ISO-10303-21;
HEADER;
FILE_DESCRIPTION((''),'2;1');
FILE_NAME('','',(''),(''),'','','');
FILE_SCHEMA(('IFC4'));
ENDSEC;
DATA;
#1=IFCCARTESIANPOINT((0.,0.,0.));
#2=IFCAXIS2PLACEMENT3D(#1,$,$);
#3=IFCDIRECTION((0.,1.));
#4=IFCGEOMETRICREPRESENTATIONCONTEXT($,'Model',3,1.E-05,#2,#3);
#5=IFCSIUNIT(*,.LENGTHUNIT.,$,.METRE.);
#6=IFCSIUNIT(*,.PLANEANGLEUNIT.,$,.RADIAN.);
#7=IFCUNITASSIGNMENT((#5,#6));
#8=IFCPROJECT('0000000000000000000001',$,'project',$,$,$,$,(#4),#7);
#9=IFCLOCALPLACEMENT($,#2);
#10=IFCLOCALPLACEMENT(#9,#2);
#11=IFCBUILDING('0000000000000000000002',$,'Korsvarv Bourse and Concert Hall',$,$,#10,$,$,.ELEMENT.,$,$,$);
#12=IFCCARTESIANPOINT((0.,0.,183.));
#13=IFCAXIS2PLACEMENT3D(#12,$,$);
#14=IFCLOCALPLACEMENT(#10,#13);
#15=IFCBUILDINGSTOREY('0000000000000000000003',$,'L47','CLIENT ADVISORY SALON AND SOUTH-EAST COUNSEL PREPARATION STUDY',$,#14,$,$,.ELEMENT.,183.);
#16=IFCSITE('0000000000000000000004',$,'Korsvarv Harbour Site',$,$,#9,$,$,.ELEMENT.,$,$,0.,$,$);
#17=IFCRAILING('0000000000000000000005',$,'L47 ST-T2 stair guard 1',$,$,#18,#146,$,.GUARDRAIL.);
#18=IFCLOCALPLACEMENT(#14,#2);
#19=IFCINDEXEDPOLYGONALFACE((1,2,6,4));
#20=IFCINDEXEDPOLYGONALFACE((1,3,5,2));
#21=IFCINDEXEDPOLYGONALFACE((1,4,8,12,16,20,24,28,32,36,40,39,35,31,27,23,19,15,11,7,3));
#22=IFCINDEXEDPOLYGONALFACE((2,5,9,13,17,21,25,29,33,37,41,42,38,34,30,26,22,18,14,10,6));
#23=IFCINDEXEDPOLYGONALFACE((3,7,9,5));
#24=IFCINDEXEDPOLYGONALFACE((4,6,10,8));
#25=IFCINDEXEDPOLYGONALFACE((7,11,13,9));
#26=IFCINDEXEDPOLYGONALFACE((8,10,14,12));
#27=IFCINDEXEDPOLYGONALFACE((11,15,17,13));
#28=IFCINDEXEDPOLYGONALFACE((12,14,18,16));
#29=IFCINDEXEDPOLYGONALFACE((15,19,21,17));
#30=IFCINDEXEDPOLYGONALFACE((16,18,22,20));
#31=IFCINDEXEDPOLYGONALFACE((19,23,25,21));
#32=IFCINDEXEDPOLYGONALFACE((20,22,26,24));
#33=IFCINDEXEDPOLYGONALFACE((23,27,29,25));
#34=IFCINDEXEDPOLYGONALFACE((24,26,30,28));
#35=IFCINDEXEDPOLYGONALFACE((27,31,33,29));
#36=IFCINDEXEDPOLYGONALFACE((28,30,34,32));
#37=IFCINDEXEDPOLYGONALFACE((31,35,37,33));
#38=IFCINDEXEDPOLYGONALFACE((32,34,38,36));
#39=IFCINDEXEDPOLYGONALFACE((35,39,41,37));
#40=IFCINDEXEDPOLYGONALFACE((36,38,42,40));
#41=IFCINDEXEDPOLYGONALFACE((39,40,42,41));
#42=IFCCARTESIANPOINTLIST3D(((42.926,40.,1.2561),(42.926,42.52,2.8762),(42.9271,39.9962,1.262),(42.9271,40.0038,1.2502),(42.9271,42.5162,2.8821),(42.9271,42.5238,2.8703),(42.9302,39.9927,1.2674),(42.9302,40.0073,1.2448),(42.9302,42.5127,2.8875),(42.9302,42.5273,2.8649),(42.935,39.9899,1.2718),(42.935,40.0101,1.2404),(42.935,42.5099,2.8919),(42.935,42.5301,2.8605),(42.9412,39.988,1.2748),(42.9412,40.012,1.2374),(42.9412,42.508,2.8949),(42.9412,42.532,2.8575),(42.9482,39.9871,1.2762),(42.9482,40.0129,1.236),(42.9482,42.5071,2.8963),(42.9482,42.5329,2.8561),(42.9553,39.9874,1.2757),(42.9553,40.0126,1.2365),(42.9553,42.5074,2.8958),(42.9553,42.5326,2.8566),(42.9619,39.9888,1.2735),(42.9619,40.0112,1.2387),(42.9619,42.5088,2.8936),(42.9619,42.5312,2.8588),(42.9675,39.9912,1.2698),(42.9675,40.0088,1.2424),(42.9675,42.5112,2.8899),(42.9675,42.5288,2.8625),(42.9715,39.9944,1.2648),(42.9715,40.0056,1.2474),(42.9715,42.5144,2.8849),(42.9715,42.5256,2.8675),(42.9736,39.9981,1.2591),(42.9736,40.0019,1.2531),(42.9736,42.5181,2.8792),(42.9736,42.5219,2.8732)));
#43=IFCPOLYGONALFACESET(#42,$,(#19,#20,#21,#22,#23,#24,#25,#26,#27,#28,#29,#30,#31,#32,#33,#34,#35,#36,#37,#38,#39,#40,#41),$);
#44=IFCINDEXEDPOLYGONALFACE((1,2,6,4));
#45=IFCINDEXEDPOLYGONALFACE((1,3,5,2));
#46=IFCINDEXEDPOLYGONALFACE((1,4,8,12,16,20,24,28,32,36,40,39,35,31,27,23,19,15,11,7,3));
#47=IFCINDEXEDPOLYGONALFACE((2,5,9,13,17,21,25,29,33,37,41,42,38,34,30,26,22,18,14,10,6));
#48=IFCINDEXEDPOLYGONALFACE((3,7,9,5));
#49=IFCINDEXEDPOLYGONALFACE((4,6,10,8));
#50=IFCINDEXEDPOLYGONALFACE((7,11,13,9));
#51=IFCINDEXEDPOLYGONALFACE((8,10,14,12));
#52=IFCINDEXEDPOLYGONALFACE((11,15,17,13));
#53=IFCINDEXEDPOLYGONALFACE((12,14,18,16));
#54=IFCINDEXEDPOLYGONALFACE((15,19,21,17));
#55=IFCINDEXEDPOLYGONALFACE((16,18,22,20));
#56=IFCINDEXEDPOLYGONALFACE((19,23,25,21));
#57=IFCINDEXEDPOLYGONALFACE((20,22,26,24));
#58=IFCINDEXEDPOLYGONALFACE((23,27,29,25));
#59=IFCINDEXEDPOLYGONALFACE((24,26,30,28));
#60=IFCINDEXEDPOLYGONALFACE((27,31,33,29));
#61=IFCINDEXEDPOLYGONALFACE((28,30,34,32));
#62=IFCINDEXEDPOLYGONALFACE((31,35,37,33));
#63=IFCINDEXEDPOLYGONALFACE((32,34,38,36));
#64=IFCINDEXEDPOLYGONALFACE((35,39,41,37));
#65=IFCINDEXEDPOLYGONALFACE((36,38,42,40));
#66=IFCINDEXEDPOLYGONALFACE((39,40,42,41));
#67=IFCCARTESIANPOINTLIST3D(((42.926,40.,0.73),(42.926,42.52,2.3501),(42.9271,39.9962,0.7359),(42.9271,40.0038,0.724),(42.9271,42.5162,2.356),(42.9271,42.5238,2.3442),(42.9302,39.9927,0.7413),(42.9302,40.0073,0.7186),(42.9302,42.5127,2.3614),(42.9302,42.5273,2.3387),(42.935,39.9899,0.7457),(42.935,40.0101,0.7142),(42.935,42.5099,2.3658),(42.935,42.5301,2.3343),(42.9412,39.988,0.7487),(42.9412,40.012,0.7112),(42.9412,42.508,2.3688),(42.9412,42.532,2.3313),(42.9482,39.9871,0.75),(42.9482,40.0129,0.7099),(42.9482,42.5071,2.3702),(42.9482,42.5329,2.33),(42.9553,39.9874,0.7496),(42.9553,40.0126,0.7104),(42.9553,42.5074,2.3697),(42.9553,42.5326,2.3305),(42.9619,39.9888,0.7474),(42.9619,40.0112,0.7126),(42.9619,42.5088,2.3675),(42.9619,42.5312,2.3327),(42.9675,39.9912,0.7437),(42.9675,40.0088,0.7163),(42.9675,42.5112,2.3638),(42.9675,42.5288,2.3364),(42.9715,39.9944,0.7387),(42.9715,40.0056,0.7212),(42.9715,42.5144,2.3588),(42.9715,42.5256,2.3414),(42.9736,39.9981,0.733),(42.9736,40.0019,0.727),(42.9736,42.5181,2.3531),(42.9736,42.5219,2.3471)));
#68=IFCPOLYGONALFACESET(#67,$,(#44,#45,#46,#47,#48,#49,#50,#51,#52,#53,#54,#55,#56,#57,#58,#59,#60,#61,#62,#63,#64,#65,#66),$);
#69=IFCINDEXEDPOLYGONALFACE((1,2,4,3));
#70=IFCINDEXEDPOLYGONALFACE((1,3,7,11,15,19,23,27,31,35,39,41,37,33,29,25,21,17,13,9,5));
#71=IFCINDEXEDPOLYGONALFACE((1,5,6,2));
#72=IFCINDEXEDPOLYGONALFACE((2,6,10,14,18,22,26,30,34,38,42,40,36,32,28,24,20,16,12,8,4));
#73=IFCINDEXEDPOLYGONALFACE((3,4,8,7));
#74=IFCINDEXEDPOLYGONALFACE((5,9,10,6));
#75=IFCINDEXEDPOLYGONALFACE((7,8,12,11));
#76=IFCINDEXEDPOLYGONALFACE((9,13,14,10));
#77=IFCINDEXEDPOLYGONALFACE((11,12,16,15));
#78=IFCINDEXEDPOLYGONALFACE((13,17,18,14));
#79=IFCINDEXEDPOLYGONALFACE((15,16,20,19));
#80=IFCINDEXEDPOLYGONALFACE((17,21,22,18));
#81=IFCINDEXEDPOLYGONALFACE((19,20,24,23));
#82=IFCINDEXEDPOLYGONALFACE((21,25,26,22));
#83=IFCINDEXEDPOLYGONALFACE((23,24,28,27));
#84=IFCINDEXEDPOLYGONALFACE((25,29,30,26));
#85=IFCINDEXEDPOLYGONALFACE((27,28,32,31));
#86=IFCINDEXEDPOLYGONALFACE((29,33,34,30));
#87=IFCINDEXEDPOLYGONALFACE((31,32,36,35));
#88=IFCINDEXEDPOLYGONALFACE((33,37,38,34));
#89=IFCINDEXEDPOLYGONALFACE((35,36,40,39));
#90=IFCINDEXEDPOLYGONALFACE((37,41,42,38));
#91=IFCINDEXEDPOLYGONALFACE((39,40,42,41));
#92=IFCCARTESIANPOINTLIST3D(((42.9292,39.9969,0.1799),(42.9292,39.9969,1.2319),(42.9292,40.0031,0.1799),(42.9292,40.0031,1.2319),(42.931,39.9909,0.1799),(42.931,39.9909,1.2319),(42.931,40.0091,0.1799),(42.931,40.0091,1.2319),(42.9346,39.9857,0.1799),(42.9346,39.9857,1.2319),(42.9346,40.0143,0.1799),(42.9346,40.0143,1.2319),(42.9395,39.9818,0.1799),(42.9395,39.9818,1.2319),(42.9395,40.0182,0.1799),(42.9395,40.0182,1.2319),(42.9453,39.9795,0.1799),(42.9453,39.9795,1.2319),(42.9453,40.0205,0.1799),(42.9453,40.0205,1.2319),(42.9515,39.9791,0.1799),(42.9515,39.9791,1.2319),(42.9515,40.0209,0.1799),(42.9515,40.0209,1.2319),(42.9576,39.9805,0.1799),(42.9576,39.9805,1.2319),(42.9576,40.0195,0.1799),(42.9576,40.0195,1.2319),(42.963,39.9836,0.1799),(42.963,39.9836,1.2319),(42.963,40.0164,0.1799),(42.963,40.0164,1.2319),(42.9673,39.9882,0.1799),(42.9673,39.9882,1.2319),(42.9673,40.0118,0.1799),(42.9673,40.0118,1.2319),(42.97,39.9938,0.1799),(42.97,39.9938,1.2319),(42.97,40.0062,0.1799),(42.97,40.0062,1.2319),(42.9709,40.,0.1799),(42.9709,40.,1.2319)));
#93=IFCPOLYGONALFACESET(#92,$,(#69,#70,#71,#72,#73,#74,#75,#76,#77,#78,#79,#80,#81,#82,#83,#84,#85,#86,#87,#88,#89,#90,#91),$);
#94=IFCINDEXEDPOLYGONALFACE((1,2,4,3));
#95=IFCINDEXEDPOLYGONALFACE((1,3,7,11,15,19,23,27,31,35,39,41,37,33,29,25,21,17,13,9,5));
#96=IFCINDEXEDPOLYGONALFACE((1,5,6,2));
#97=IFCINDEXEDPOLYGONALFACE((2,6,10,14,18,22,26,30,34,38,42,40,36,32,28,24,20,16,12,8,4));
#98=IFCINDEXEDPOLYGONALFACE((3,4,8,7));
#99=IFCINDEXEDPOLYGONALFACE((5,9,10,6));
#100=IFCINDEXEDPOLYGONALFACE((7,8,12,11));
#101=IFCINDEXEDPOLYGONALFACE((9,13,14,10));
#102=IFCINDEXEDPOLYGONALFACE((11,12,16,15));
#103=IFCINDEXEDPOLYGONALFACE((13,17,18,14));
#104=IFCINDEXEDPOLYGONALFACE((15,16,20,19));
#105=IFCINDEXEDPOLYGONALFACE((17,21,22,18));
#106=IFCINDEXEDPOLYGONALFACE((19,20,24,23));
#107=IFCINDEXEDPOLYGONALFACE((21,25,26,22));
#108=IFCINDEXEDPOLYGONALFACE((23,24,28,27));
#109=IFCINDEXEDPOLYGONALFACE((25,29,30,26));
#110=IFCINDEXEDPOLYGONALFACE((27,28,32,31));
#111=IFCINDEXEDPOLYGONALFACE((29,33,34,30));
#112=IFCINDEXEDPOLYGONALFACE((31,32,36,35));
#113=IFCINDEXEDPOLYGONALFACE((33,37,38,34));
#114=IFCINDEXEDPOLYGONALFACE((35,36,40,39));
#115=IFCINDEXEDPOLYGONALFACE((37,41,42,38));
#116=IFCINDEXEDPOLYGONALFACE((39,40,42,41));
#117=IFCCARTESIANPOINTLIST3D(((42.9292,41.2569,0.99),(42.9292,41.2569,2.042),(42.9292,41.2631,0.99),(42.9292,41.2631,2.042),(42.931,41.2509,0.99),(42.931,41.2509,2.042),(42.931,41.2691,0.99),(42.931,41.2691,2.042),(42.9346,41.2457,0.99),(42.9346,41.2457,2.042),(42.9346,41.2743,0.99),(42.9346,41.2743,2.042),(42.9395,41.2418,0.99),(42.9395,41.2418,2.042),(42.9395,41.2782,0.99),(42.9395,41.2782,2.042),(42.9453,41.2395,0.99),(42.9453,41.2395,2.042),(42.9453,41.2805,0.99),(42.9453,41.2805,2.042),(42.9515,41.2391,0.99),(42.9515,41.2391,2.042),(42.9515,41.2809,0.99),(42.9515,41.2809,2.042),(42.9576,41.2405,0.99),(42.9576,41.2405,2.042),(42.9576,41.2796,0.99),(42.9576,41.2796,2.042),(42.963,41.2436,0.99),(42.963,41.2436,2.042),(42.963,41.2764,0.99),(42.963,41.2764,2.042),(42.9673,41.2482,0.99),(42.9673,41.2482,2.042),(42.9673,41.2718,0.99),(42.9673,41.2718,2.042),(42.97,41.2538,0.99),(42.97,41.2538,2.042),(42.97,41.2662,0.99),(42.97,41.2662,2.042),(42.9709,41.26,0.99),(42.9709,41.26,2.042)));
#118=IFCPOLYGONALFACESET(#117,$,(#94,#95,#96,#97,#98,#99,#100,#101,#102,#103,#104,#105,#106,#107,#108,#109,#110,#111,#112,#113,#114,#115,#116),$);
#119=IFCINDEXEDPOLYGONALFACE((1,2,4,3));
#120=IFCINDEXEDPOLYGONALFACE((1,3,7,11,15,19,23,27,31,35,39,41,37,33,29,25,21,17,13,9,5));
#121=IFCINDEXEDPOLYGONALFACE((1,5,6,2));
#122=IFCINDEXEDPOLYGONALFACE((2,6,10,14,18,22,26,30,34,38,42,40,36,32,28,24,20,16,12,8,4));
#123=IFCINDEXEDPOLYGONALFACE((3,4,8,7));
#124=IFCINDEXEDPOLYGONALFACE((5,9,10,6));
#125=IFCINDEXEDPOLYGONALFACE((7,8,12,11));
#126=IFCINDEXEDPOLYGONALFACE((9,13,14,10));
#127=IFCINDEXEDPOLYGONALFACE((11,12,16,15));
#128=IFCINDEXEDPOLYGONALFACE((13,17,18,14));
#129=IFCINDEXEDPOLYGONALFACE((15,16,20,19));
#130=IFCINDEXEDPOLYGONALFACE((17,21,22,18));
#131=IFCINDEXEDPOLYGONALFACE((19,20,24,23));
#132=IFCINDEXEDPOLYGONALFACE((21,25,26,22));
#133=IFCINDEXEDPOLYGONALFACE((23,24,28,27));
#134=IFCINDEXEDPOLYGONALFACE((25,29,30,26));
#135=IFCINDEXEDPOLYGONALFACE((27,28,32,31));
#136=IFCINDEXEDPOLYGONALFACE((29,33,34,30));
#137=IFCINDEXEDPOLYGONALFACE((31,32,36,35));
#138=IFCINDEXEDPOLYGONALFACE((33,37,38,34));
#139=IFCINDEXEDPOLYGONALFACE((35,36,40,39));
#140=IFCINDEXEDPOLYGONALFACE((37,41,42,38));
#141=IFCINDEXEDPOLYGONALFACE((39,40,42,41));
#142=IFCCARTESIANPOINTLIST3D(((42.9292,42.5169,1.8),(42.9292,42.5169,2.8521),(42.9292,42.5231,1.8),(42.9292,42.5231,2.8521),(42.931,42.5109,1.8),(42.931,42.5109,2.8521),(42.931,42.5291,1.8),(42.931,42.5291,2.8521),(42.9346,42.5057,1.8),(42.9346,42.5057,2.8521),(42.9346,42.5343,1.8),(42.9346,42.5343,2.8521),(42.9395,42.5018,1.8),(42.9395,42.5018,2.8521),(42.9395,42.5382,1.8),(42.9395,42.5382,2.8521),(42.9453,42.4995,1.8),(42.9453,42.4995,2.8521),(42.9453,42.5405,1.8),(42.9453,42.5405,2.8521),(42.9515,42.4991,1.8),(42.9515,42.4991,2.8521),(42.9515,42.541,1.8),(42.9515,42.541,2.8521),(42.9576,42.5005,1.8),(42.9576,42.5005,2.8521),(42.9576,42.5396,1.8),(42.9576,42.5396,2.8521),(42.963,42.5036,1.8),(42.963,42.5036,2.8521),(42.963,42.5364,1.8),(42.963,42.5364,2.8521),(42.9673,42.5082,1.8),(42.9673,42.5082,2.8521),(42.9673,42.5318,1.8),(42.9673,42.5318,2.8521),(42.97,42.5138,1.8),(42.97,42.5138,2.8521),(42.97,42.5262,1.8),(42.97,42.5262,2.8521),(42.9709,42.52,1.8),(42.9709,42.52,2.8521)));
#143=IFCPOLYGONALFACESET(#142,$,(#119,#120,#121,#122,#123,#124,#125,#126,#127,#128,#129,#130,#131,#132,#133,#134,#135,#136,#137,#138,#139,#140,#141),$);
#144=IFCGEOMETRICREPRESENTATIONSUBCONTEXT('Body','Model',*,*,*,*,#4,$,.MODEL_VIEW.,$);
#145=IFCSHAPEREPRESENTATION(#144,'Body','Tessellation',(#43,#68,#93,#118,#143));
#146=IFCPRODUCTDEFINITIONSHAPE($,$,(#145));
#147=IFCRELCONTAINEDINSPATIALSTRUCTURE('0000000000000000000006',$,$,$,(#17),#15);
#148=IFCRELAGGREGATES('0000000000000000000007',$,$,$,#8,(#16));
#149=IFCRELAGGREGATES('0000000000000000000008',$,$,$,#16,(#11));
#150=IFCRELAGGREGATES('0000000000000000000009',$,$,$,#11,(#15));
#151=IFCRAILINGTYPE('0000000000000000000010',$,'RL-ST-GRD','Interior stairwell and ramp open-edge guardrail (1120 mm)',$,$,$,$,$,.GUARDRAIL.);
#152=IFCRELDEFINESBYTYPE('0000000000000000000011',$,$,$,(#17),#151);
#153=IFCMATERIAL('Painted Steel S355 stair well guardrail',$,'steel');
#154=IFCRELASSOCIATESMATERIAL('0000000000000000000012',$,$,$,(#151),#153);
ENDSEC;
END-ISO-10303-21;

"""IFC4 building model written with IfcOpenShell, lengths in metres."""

from ifc_helpers import new_model, si_unit, direction, frame, origin, origin_2d, place, context, subcontext, project, spatial, circle, extrude, material, type_object, element, save


model = new_model("IFC4")

# Units and contexts
model_context = context("Model", 3, precision=1e-05, world=origin(), true_north=direction((0.0, 1.0)))
body_context = subcontext(model_context, "Body", "Model", "MODEL_VIEW")
ifc_project = project(units=[si_unit("LENGTHUNIT", "METRE"), si_unit("PLANEANGLEUNIT", "RADIAN")], contexts=[model_context])

# Site, building, storey
site_placement = place(None, origin())
site = spatial("IfcSite", under=ifc_project, at=site_placement, Name="Korsvarv Harbour Site", CompositionType="ELEMENT", RefElevation=0.0)
building_placement = place(site_placement, origin())
building = spatial("IfcBuilding", under=site, at=building_placement, Name="Korsvarv Bourse and Concert Hall", CompositionType="ELEMENT")
storey_placement = place(building_placement, frame((0.0, 0.0, 183.0)))
storey = spatial("IfcBuildingStorey", under=building, at=storey_placement, Name="L47", Description="CLIENT ADVISORY SALON AND SOUTH-EAST COUNSEL PREPARATION STUDY", CompositionType="ELEMENT", Elevation=183.0)

# Railing
ifc_material_1 = material(Name="Painted Steel S355 stair well guardrail", Category="steel")
railing_type_1 = type_object("IfcRailingType", Name="RL-ST-GRD", Description="Interior stairwell and ramp open-edge guardrail (1120 mm)", PredefinedType="GUARDRAIL", material=ifc_material_1)
railing_1_placement = place(storey_placement, frame((42.95, 40.0, 0.1799)))
element("IfcRailing", 1, at=railing_1_placement, inside=storey, type_object=railing_type_1, Name="L47 ST-T2 stair guard 1", PredefinedType="GUARDRAIL", context=body_context, shape_type="SweptSolid", body=[
    extrude(circle(Radius=0.0239, at=origin_2d()), frame((0.0, 0.0, 1.0762), z_axis=(0.0, 0.841163, 0.540782), x_axis=(-1.0, 0.0, 0.0)), (0.0, 0.0, 1.0), 2.9958),
    extrude(circle(Radius=0.0239, at=origin_2d()), frame((0.0, 0.0, 0.55), z_axis=(0.0, 0.841163, 0.540782), x_axis=(-1.0, 0.0, 0.0)), (0.0, 0.0, 1.0), 2.9958),
    extrude(circle(Radius=0.021, at=origin_2d()), origin(), (0.0, 0.0, 1.0), 1.052),
    extrude(circle(Radius=0.021, at=origin_2d()), frame((0.0, 1.26, 0.8101)), (0.0, 0.0, 1.0), 1.052),
    extrude(circle(Radius=0.021, at=origin_2d()), frame((0.0, 2.52, 1.6201)), (0.0, 0.0, 1.0), 1.052),
])

save(model, "model.ifc")
